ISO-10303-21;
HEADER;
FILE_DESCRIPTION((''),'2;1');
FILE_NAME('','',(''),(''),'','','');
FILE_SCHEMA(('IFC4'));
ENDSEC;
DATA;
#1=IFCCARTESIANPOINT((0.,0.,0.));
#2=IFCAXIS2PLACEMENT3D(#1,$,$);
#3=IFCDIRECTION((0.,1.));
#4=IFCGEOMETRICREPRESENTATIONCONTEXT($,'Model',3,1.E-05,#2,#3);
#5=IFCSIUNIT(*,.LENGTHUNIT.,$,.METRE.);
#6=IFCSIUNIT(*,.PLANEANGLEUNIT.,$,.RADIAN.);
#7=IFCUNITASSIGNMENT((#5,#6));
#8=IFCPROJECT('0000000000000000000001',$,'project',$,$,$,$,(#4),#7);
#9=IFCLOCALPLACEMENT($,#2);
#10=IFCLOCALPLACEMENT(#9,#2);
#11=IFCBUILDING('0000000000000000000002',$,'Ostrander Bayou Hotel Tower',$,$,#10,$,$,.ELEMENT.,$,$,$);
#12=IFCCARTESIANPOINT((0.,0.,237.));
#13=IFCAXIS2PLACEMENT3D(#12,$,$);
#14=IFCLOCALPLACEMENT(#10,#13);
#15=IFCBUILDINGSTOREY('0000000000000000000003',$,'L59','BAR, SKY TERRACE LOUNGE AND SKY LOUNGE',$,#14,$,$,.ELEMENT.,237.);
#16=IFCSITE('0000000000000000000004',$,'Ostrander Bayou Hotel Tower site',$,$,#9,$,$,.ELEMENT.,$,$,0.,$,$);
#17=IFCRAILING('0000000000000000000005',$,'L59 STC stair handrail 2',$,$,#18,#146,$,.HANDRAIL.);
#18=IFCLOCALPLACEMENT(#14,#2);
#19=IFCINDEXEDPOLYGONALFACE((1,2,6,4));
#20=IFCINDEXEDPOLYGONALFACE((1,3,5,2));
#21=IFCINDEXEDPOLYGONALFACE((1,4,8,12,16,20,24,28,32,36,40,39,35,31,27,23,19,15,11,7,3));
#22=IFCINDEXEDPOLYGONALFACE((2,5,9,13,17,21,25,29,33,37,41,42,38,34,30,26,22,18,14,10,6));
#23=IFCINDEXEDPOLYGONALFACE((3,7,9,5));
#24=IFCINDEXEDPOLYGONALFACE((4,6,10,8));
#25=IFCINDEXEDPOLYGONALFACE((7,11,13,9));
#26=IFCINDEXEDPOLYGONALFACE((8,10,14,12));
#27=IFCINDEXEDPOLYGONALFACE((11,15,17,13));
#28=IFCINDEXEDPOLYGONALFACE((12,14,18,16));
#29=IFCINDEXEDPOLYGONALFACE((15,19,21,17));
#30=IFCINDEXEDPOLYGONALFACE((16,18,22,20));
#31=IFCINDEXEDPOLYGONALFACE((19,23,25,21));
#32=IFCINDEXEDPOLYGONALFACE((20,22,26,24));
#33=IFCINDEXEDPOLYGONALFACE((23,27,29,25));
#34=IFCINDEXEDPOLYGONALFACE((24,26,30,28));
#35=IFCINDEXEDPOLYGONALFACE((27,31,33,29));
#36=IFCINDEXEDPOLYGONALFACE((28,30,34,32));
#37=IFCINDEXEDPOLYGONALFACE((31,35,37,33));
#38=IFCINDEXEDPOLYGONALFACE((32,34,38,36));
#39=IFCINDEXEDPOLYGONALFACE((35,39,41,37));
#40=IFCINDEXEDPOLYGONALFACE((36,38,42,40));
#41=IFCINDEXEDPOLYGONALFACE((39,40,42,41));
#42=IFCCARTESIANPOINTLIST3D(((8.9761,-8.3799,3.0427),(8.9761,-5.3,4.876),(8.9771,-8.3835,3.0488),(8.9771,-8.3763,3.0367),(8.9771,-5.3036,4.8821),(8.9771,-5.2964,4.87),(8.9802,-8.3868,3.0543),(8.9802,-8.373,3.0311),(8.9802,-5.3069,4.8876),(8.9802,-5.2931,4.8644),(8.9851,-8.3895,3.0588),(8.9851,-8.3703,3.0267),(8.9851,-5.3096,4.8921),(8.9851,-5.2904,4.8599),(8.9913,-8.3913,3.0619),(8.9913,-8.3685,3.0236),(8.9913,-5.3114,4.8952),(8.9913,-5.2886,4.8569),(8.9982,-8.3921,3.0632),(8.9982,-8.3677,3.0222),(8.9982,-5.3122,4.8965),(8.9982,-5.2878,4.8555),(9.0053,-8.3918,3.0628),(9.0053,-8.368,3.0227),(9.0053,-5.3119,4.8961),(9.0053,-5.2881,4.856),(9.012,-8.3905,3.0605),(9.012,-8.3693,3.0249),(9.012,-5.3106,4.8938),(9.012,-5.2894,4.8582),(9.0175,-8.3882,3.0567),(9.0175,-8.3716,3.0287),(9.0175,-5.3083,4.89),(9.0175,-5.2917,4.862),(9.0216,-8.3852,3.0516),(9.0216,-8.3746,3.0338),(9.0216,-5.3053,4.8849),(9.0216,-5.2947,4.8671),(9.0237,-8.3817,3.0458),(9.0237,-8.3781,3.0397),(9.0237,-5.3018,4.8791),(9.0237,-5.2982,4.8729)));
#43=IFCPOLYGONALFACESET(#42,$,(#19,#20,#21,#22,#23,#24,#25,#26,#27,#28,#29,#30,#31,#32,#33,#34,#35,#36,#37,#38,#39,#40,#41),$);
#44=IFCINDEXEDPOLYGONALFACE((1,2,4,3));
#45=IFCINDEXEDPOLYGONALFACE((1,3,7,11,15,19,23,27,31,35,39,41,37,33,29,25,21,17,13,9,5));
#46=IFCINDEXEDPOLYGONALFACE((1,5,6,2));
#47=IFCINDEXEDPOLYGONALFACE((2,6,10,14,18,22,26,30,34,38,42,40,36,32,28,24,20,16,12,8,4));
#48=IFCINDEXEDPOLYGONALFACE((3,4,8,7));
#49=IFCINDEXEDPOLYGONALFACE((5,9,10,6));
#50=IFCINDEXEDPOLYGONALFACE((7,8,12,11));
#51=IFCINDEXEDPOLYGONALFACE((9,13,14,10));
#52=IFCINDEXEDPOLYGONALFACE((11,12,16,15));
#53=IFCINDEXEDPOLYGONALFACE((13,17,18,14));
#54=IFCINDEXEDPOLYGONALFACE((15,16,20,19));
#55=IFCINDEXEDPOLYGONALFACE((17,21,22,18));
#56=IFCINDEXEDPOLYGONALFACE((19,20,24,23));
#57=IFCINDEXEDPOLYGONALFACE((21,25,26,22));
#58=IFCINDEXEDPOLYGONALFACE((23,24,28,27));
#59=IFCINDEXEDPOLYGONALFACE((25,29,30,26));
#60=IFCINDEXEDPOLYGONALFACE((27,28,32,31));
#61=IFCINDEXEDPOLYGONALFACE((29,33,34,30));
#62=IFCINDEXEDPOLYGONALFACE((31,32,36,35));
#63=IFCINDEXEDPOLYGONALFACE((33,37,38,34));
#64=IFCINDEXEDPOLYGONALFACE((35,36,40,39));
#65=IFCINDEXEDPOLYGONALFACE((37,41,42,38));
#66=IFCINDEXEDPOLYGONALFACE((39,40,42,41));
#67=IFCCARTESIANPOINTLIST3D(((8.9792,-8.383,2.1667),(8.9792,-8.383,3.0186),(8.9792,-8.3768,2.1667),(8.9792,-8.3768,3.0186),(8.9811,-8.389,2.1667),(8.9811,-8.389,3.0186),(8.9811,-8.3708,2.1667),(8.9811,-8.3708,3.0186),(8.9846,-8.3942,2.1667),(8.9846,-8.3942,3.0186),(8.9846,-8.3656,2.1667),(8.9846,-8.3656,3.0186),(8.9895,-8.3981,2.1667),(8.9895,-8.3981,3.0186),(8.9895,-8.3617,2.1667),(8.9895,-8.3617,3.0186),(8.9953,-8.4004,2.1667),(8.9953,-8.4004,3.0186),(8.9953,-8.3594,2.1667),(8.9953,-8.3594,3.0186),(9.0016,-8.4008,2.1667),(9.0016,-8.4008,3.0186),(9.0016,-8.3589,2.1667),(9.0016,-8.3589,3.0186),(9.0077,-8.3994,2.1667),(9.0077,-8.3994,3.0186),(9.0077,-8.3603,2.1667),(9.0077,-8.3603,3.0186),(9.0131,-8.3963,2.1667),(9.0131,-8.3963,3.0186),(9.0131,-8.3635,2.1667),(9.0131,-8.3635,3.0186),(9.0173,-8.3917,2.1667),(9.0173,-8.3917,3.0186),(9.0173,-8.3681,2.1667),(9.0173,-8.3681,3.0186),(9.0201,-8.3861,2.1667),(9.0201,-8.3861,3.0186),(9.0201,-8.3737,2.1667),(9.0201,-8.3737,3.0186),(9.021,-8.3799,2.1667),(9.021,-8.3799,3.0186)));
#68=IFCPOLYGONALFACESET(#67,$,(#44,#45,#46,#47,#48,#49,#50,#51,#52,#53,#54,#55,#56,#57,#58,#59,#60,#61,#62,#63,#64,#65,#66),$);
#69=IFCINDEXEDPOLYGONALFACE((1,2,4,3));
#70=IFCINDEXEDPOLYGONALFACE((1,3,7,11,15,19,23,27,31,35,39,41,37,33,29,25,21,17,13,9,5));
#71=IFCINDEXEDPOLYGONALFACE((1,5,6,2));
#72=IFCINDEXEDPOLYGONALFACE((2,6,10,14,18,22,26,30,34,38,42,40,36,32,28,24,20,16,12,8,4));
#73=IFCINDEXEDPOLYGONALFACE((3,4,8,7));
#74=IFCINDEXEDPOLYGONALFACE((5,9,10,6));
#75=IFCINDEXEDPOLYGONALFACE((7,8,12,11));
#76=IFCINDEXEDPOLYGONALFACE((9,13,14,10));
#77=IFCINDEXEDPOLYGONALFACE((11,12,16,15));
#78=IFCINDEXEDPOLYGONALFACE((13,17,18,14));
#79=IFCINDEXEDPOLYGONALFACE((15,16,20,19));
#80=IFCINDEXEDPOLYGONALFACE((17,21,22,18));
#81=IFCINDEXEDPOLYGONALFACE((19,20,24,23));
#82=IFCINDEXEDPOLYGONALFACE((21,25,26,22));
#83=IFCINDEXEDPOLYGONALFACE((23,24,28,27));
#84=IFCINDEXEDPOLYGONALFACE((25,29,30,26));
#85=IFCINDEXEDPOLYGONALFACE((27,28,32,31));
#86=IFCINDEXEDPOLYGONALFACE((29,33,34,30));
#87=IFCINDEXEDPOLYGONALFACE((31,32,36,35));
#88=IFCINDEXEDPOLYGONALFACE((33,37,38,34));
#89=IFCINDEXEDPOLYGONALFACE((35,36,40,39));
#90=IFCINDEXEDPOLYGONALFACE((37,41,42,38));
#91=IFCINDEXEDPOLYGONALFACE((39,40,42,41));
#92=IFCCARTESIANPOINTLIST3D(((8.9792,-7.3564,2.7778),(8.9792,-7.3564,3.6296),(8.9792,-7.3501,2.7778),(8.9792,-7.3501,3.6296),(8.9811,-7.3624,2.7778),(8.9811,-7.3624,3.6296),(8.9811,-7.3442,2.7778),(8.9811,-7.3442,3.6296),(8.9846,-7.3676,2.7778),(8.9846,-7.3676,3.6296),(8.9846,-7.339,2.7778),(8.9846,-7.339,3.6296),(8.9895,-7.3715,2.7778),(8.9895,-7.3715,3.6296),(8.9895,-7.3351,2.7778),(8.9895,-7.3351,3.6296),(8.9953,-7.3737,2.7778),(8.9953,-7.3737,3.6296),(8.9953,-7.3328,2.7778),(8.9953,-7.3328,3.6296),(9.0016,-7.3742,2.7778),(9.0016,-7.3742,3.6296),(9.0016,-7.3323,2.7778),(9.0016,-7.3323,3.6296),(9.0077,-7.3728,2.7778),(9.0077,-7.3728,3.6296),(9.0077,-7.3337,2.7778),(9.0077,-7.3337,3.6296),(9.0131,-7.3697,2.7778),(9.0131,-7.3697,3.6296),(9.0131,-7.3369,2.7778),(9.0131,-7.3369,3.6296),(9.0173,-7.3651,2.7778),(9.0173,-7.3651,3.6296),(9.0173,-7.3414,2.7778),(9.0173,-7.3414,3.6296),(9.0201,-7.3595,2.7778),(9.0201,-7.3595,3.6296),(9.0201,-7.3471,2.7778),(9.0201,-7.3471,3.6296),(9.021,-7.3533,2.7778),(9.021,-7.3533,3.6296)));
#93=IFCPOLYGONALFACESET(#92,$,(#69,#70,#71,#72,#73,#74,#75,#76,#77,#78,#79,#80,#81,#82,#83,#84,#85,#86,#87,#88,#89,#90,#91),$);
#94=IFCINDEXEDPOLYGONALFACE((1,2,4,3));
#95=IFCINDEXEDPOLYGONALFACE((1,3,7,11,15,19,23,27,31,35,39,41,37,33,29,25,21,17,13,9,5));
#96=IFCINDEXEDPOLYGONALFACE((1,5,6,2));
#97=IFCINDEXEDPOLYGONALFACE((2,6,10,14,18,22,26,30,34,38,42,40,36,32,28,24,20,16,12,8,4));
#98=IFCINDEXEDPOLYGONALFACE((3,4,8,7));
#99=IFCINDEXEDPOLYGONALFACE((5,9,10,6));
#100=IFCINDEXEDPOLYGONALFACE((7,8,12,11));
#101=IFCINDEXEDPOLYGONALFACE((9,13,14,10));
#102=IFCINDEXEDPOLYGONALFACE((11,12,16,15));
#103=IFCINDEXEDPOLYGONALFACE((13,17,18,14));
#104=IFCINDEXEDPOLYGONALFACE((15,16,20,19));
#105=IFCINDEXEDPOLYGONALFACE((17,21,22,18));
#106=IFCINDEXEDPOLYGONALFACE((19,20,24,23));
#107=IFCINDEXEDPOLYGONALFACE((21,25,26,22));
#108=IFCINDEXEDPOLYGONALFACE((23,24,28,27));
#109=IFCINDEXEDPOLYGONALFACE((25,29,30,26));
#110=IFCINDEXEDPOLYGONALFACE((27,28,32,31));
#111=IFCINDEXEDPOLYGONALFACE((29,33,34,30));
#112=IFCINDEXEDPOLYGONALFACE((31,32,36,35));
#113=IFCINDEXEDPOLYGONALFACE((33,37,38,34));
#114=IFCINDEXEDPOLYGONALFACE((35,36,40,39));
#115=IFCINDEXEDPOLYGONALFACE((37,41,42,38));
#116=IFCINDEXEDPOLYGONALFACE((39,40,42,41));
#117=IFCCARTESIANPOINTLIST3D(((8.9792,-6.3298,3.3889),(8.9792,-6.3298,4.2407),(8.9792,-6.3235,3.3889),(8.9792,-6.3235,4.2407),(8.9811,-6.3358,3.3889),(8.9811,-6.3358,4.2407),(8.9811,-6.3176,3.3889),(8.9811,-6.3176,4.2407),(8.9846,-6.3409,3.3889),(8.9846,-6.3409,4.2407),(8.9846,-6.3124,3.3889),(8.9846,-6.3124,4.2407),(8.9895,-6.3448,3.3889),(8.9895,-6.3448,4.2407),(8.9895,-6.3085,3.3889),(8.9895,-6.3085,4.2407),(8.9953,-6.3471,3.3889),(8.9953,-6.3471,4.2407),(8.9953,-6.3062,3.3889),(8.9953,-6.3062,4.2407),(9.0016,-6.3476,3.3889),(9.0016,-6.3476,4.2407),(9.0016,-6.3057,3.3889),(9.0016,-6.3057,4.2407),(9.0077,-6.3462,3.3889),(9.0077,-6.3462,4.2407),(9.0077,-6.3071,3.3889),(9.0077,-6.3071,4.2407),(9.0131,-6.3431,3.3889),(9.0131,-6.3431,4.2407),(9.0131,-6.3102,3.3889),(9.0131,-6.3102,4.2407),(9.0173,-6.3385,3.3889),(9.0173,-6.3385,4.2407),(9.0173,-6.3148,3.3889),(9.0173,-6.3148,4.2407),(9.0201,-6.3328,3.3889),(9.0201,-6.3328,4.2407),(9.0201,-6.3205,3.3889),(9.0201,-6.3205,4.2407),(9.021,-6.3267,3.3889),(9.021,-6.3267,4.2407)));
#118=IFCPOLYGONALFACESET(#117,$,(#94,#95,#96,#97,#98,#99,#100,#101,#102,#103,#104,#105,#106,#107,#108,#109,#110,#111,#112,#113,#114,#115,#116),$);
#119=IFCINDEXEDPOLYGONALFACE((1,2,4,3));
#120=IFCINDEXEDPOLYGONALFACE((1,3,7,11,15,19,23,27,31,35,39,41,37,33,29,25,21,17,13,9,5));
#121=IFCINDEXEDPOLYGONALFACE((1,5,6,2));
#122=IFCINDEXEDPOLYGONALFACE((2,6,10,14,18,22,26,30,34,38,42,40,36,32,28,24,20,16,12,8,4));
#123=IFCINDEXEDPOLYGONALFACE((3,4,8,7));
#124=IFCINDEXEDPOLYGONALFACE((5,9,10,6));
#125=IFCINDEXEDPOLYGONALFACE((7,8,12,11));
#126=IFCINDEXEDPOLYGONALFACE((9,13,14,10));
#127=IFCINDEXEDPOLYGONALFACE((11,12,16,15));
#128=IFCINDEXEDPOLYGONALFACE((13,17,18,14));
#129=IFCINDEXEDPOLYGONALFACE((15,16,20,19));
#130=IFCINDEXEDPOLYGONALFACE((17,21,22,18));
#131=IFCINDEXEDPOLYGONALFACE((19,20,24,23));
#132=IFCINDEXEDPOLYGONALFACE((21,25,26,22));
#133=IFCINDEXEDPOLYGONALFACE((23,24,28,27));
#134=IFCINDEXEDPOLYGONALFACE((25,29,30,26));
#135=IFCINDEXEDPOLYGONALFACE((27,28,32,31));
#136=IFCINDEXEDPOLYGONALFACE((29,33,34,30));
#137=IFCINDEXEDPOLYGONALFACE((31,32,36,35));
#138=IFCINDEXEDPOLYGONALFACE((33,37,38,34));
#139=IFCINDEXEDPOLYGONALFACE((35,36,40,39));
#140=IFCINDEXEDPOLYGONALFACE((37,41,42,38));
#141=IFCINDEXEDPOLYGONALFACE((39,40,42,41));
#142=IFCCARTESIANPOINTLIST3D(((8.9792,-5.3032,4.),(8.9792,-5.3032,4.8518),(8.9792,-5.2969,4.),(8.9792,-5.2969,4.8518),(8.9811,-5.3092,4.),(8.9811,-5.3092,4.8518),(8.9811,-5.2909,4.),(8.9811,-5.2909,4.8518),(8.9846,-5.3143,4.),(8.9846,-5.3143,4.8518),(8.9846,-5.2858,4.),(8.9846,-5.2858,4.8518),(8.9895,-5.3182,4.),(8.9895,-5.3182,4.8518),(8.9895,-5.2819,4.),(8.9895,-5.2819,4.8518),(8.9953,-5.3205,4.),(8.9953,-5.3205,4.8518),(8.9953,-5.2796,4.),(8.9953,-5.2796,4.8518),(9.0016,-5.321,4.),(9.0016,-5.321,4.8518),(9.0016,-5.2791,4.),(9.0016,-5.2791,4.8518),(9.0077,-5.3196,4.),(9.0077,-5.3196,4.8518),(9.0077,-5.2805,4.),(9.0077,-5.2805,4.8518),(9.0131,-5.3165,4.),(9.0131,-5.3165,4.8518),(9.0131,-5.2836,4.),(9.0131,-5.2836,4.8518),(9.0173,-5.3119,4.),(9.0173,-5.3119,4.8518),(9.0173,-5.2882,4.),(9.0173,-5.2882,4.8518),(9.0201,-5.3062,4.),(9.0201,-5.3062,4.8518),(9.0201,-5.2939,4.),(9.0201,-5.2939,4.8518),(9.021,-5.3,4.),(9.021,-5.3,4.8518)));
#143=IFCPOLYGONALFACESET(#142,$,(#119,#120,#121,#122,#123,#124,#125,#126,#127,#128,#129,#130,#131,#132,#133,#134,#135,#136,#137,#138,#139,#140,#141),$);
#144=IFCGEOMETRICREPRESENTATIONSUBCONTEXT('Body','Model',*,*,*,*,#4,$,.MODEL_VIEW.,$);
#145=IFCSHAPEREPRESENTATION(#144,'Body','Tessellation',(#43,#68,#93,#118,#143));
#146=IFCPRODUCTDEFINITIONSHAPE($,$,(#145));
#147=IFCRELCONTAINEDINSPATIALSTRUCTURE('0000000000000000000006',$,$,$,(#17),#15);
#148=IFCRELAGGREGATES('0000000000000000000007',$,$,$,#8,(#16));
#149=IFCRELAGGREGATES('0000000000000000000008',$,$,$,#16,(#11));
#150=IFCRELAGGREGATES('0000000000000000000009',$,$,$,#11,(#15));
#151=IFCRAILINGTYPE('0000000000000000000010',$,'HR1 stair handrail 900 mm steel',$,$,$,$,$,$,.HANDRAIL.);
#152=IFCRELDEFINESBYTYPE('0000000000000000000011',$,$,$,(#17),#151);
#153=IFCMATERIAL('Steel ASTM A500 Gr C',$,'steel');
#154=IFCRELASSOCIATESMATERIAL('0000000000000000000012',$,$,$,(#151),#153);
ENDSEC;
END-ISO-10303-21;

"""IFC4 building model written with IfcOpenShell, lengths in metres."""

from ifc_helpers import new_model, si_unit, direction, frame, origin, origin_2d, place, context, subcontext, project, spatial, circle, extrude, material, type_object, element, save


model = new_model("IFC4")

# Units and contexts
model_context = context("Model", 3, precision=1e-05, world=origin(), true_north=direction((0.0, 1.0)))
body_context = subcontext(model_context, "Body", "Model", "MODEL_VIEW")
ifc_project = project(units=[si_unit("LENGTHUNIT", "METRE"), si_unit("PLANEANGLEUNIT", "RADIAN")], contexts=[model_context])

# Site, building, storey
site_placement = place(None, origin())
site = spatial("IfcSite", under=ifc_project, at=site_placement, Name="Ostrander Bayou Hotel Tower site", CompositionType="ELEMENT", RefElevation=0.0)
building_placement = place(site_placement, origin())
building = spatial("IfcBuilding", under=site, at=building_placement, Name="Ostrander Bayou Hotel Tower", CompositionType="ELEMENT")
storey_placement = place(building_placement, frame((0.0, 0.0, 237.0)))
storey = spatial("IfcBuildingStorey", under=building, at=storey_placement, Name="L59", Description="BAR, SKY TERRACE LOUNGE AND SKY LOUNGE", CompositionType="ELEMENT", Elevation=237.0)

# Railing
ifc_material_1 = material(Name="Steel ASTM A500 Gr C", Category="steel")
railing_type_1 = type_object("IfcRailingType", Name="HR1 stair handrail 900 mm steel", PredefinedType="HANDRAIL", material=ifc_material_1)
for number, where, name in (
    (1, (9.0, -8.3799, 2.1667), "L59 STC stair handrail 2"),
):
    element("IfcRailing", number, at=place(storey_placement, frame(where)), inside=storey, type_object=railing_type_1, Name=name, PredefinedType="HANDRAIL", context=body_context, shape_type="SweptSolid", body=[
        extrude(circle(Radius=0.0239, at=origin_2d()), frame((0.0, 0.0, 0.876), z_axis=(0.0, 0.859291, 0.511487), x_axis=(-1.0, 0.0, 0.0)), (0.0, 0.0, 1.0), 3.5842),
        extrude(circle(Radius=0.021, at=origin_2d()), origin(), (0.0, 0.0, 1.0), 0.8518),
        extrude(circle(Radius=0.021, at=origin_2d()), frame((0.0, 1.0266, 0.6111)), (0.0, 0.0, 1.0), 0.8518),
        extrude(circle(Radius=0.021, at=origin_2d()), frame((0.0, 2.0532, 1.2222)), (0.0, 0.0, 1.0), 0.8518),
        extrude(circle(Radius=0.021, at=origin_2d()), frame((0.0, 3.0798, 1.8333)), (0.0, 0.0, 1.0), 0.8518),
    ])

save(model, "model.ifc")
